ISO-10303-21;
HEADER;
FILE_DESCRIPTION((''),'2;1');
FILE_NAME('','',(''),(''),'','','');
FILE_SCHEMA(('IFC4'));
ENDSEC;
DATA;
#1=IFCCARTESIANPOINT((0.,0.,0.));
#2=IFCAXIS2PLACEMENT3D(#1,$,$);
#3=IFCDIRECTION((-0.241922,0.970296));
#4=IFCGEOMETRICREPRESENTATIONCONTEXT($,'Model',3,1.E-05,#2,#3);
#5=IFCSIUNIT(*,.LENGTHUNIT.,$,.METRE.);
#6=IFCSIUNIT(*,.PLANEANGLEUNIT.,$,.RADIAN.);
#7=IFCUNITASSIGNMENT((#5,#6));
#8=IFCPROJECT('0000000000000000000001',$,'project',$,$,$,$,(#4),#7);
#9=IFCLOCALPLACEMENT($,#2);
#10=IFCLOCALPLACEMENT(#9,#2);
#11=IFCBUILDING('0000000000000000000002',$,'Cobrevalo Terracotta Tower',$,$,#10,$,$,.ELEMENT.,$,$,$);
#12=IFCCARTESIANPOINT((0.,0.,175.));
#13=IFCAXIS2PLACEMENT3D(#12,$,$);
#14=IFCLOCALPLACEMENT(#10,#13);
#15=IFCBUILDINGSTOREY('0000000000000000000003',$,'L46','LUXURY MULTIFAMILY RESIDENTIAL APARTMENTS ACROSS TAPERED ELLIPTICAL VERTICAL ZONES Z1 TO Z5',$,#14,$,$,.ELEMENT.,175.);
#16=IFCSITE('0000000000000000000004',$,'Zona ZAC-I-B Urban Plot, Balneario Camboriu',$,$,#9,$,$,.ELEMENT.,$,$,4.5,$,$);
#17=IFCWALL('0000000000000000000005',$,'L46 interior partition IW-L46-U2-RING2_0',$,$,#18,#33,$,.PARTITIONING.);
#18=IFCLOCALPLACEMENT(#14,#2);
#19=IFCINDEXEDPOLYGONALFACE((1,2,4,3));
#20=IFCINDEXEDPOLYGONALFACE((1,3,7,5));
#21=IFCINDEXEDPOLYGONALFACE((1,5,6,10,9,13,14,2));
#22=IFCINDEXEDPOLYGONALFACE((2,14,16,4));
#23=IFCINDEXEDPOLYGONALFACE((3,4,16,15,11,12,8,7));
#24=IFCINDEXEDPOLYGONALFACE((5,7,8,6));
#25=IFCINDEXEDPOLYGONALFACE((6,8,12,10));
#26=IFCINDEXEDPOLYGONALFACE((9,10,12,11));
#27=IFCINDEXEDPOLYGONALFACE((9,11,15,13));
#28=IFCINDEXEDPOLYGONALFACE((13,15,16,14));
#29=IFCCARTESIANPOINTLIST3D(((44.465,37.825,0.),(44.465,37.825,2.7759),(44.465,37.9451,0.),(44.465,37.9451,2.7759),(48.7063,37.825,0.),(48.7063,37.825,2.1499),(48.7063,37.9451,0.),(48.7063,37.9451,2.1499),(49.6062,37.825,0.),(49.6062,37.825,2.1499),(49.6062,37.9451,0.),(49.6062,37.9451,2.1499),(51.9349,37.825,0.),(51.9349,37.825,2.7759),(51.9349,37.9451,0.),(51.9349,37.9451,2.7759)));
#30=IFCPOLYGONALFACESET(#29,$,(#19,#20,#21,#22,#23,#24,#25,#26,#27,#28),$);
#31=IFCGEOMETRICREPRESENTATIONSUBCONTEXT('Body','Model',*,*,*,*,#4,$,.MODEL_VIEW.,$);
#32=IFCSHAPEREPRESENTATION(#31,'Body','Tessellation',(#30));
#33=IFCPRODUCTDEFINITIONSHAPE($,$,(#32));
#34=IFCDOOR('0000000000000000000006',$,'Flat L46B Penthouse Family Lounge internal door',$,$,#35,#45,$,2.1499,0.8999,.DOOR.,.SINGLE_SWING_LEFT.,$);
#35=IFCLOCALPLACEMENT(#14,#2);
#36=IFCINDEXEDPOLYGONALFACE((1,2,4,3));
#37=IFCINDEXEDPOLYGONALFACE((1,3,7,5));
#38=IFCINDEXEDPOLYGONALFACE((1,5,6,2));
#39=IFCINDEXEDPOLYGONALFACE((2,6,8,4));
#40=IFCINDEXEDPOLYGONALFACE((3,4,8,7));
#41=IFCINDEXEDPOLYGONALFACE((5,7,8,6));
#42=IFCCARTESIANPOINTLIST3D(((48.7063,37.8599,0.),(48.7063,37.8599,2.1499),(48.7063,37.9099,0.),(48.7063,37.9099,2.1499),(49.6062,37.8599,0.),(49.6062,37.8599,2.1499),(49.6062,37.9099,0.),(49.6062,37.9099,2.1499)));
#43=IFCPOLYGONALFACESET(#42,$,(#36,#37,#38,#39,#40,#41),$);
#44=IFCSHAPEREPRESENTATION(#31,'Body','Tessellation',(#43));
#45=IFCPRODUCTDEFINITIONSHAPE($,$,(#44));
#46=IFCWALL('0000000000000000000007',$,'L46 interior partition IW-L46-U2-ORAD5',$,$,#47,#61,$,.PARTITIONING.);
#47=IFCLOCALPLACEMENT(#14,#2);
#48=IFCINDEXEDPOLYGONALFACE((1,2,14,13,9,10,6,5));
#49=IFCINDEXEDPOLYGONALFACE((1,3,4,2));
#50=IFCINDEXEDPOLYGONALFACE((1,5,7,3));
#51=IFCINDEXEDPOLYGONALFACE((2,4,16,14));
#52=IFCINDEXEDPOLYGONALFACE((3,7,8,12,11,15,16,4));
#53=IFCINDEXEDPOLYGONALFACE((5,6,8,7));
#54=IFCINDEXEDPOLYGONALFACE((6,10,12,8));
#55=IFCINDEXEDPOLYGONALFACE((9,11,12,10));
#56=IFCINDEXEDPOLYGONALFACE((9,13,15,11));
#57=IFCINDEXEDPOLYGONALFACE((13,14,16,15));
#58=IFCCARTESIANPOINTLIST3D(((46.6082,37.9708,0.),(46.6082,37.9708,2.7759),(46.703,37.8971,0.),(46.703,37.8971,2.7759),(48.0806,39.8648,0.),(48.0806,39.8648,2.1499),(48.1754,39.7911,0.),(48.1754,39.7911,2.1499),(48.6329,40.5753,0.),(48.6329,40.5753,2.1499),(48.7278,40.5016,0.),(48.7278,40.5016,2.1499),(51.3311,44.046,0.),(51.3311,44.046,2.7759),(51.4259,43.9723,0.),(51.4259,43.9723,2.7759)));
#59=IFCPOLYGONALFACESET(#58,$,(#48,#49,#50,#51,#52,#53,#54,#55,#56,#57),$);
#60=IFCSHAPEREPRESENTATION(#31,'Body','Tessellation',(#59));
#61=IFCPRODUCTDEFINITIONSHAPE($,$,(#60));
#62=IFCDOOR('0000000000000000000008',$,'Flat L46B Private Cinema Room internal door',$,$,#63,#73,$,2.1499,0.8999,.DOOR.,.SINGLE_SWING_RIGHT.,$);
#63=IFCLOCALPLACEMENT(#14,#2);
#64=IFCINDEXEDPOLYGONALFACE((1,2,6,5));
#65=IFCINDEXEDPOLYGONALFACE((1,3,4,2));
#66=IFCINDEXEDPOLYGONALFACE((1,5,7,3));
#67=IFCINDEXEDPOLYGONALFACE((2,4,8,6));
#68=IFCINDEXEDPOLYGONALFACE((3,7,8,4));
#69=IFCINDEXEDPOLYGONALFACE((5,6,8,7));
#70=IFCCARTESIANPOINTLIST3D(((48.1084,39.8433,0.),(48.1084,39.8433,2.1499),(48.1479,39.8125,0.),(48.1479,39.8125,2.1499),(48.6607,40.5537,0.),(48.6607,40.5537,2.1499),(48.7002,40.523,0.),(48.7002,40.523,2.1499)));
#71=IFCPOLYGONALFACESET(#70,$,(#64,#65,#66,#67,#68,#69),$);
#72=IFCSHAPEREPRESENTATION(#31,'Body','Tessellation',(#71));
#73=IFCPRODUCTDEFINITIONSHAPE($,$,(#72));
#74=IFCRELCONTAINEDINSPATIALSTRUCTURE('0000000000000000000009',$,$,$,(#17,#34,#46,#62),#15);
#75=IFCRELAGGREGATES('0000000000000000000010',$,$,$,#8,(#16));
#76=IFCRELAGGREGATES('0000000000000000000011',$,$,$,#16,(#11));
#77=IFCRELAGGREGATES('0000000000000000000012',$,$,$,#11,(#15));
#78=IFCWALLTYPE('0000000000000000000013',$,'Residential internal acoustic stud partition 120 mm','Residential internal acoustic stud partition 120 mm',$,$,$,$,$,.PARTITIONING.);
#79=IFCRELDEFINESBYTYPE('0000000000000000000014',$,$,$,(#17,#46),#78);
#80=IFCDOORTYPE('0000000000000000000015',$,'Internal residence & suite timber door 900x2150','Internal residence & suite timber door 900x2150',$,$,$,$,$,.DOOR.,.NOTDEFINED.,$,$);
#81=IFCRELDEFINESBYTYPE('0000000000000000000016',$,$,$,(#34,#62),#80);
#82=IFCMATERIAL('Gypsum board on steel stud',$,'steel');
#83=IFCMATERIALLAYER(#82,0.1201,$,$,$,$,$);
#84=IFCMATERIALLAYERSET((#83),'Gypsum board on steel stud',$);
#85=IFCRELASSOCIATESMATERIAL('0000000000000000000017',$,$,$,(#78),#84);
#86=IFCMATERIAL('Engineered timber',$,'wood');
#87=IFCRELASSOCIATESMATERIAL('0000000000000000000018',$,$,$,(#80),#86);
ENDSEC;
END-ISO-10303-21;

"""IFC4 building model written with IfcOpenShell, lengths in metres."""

from ifc_helpers import new_model, si_unit, direction, frame, frame_2d, origin, place, context, subcontext, project, spatial, rectangle, extrude, source, transform, mapped, material, layer, layer_set, type_object, element, fill, save


model = new_model("IFC4")

# Units and contexts
model_context = context("Model", 3, precision=1e-05, world=origin(), true_north=direction((-0.241922, 0.970296)))
body_context = subcontext(model_context, "Body", "Model", "MODEL_VIEW")
ifc_project = project(units=[si_unit("LENGTHUNIT", "METRE"), si_unit("PLANEANGLEUNIT", "RADIAN")], contexts=[model_context])

# Site, building, storey
site_placement = place(None, origin())
site = spatial("IfcSite", under=ifc_project, at=site_placement, Name="Zona ZAC-I-B Urban Plot, Balneario Camboriu", CompositionType="ELEMENT", RefElevation=4.5)
building_placement = place(site_placement, origin())
building = spatial("IfcBuilding", under=site, at=building_placement, Name="Cobrevalo Terracotta Tower", CompositionType="ELEMENT")
storey_placement = place(building_placement, frame((0.0, 0.0, 175.0)))
storey = spatial("IfcBuildingStorey", under=building, at=storey_placement, Name="L46", Description="LUXURY MULTIFAMILY RESIDENTIAL APARTMENTS ACROSS TAPERED ELLIPTICAL VERTICAL ZONES Z1 TO Z5", CompositionType="ELEMENT", Elevation=175.0)

# Shared definitions
ifc_material_1 = material(Name="Gypsum board on steel stud", Category="steel")
ifc_layer_1 = layer(ifc_material_1, 0.1201)
ifc_layer_set_1 = layer_set([ifc_layer_1], Name="Gypsum board on steel stud")
wall_type_1 = type_object("IfcWallType", Name="Residential internal acoustic stud partition 120 mm", Description="Residential internal acoustic stud partition 120 mm", PredefinedType="PARTITIONING", material=ifc_layer_set_1)

# Walls, openings, doors
wall_1_placement = place(storey_placement, frame((44.4651, 37.885, 0.0), z_axis=(0.0, 0.0, 1.0), x_axis=(1.0, 0.0, 0.0)))
wall_1 = element("IfcWall", 1, at=wall_1_placement, inside=storey, type_object=wall_type_1, Name="L46 interior partition IW-L46-U2-RING2_0", PredefinedType="PARTITIONING", context=body_context, shape_type="SweptSolid", body=[
    extrude(rectangle(XDim=7.47, YDim=0.1201, at=frame_2d((3.7349, 0.0))), origin(), (0.0, 0.0, 1.0), 2.7759),
])
opening_1_placement = place(wall_1_placement, frame((4.2412, 0.0, 0.0)))
opening_1 = element("IfcOpeningElement", 2, at=opening_1_placement, cuts=wall_1, PredefinedType="OPENING", context=body_context, shape_type="SweptSolid", body=[
    extrude(rectangle(XDim=0.8999, YDim=2.1499, at=frame_2d((0.45, 1.075))), frame((0.0, 0.0701, 0.0), z_axis=(0.0, -1.0, 0.0), x_axis=(1.0, 0.0, 0.0)), (0.0, 0.0, 1.0), 0.1401),
])
ifc_material_2 = material(Name="Engineered timber", Category="wood")
door_type_1 = type_object("IfcDoorType", Name="Internal residence & suite timber door 900x2150", Description="Internal residence & suite timber door 900x2150", OperationType="NOTDEFINED", PredefinedType="DOOR", material=ifc_material_2)
shared_shape_1 = source(origin(), body_context, "Body", "SweptSolid", [
    extrude(rectangle(XDim=0.8999, YDim=2.1499, at=frame_2d((0.45, 1.075))), frame((0.0, 0.0249, 0.0), z_axis=(0.0, -1.0, 0.0), x_axis=(1.0, 0.0, 0.0)), (0.0, 0.0, 1.0), 0.05),
])
door_1_placement = place(opening_1_placement, origin())
door_1 = element("IfcDoor", 3, at=door_1_placement, inside=storey, type_object=door_type_1, Name="Flat L46B Penthouse Family Lounge internal door", OperationType="SINGLE_SWING_LEFT", OverallHeight=2.1499, OverallWidth=0.8999, PredefinedType="DOOR", context=body_context, shape_type="MappedRepresentation", body=[
    mapped(shared_shape_1, transform((0.0, 0.0, 0.0), scale=1.0)),
])
fill(opening_1, door_1)
wall_2_placement = place(storey_placement, frame((46.6555, 37.9338, 0.0), z_axis=(0.0, 0.0, 1.0), x_axis=(0.613758, 0.789494, 0.0)))
wall_2 = element("IfcWall", 4, at=wall_2_placement, inside=storey, type_object=wall_type_1, Name="L46 interior partition IW-L46-U2-ORAD5", PredefinedType="PARTITIONING", context=body_context, shape_type="SweptSolid", body=[
    extrude(rectangle(XDim=7.6951, YDim=0.1201, at=frame_2d((3.8477, 0.0))), origin(), (0.0, 0.0, 1.0), 2.7759),
])
opening_2_placement = place(wall_2_placement, frame((2.3992, 0.0, 0.0)))
opening_2 = element("IfcOpeningElement", 5, at=opening_2_placement, cuts=wall_2, PredefinedType="OPENING", context=body_context, shape_type="SweptSolid", body=[
    extrude(rectangle(XDim=0.8999, YDim=2.1499, at=frame_2d((0.45, 1.075))), frame((0.0, 0.0701, 0.0), z_axis=(0.0, -1.0, 0.0), x_axis=(1.0, 0.0, 0.0)), (0.0, 0.0, 1.0), 0.1401),
])
door_2_placement = place(opening_2_placement, origin())
door_2 = element("IfcDoor", 6, at=door_2_placement, inside=storey, type_object=door_type_1, Name="Flat L46B Private Cinema Room internal door", OperationType="SINGLE_SWING_RIGHT", OverallHeight=2.1499, OverallWidth=0.8999, PredefinedType="DOOR", context=body_context, shape_type="MappedRepresentation", body=[
    mapped(shared_shape_1, transform((0.0, 0.0, 0.0), scale=1.0)),
])
fill(opening_2, door_2)

save(model, "model.ifc")
